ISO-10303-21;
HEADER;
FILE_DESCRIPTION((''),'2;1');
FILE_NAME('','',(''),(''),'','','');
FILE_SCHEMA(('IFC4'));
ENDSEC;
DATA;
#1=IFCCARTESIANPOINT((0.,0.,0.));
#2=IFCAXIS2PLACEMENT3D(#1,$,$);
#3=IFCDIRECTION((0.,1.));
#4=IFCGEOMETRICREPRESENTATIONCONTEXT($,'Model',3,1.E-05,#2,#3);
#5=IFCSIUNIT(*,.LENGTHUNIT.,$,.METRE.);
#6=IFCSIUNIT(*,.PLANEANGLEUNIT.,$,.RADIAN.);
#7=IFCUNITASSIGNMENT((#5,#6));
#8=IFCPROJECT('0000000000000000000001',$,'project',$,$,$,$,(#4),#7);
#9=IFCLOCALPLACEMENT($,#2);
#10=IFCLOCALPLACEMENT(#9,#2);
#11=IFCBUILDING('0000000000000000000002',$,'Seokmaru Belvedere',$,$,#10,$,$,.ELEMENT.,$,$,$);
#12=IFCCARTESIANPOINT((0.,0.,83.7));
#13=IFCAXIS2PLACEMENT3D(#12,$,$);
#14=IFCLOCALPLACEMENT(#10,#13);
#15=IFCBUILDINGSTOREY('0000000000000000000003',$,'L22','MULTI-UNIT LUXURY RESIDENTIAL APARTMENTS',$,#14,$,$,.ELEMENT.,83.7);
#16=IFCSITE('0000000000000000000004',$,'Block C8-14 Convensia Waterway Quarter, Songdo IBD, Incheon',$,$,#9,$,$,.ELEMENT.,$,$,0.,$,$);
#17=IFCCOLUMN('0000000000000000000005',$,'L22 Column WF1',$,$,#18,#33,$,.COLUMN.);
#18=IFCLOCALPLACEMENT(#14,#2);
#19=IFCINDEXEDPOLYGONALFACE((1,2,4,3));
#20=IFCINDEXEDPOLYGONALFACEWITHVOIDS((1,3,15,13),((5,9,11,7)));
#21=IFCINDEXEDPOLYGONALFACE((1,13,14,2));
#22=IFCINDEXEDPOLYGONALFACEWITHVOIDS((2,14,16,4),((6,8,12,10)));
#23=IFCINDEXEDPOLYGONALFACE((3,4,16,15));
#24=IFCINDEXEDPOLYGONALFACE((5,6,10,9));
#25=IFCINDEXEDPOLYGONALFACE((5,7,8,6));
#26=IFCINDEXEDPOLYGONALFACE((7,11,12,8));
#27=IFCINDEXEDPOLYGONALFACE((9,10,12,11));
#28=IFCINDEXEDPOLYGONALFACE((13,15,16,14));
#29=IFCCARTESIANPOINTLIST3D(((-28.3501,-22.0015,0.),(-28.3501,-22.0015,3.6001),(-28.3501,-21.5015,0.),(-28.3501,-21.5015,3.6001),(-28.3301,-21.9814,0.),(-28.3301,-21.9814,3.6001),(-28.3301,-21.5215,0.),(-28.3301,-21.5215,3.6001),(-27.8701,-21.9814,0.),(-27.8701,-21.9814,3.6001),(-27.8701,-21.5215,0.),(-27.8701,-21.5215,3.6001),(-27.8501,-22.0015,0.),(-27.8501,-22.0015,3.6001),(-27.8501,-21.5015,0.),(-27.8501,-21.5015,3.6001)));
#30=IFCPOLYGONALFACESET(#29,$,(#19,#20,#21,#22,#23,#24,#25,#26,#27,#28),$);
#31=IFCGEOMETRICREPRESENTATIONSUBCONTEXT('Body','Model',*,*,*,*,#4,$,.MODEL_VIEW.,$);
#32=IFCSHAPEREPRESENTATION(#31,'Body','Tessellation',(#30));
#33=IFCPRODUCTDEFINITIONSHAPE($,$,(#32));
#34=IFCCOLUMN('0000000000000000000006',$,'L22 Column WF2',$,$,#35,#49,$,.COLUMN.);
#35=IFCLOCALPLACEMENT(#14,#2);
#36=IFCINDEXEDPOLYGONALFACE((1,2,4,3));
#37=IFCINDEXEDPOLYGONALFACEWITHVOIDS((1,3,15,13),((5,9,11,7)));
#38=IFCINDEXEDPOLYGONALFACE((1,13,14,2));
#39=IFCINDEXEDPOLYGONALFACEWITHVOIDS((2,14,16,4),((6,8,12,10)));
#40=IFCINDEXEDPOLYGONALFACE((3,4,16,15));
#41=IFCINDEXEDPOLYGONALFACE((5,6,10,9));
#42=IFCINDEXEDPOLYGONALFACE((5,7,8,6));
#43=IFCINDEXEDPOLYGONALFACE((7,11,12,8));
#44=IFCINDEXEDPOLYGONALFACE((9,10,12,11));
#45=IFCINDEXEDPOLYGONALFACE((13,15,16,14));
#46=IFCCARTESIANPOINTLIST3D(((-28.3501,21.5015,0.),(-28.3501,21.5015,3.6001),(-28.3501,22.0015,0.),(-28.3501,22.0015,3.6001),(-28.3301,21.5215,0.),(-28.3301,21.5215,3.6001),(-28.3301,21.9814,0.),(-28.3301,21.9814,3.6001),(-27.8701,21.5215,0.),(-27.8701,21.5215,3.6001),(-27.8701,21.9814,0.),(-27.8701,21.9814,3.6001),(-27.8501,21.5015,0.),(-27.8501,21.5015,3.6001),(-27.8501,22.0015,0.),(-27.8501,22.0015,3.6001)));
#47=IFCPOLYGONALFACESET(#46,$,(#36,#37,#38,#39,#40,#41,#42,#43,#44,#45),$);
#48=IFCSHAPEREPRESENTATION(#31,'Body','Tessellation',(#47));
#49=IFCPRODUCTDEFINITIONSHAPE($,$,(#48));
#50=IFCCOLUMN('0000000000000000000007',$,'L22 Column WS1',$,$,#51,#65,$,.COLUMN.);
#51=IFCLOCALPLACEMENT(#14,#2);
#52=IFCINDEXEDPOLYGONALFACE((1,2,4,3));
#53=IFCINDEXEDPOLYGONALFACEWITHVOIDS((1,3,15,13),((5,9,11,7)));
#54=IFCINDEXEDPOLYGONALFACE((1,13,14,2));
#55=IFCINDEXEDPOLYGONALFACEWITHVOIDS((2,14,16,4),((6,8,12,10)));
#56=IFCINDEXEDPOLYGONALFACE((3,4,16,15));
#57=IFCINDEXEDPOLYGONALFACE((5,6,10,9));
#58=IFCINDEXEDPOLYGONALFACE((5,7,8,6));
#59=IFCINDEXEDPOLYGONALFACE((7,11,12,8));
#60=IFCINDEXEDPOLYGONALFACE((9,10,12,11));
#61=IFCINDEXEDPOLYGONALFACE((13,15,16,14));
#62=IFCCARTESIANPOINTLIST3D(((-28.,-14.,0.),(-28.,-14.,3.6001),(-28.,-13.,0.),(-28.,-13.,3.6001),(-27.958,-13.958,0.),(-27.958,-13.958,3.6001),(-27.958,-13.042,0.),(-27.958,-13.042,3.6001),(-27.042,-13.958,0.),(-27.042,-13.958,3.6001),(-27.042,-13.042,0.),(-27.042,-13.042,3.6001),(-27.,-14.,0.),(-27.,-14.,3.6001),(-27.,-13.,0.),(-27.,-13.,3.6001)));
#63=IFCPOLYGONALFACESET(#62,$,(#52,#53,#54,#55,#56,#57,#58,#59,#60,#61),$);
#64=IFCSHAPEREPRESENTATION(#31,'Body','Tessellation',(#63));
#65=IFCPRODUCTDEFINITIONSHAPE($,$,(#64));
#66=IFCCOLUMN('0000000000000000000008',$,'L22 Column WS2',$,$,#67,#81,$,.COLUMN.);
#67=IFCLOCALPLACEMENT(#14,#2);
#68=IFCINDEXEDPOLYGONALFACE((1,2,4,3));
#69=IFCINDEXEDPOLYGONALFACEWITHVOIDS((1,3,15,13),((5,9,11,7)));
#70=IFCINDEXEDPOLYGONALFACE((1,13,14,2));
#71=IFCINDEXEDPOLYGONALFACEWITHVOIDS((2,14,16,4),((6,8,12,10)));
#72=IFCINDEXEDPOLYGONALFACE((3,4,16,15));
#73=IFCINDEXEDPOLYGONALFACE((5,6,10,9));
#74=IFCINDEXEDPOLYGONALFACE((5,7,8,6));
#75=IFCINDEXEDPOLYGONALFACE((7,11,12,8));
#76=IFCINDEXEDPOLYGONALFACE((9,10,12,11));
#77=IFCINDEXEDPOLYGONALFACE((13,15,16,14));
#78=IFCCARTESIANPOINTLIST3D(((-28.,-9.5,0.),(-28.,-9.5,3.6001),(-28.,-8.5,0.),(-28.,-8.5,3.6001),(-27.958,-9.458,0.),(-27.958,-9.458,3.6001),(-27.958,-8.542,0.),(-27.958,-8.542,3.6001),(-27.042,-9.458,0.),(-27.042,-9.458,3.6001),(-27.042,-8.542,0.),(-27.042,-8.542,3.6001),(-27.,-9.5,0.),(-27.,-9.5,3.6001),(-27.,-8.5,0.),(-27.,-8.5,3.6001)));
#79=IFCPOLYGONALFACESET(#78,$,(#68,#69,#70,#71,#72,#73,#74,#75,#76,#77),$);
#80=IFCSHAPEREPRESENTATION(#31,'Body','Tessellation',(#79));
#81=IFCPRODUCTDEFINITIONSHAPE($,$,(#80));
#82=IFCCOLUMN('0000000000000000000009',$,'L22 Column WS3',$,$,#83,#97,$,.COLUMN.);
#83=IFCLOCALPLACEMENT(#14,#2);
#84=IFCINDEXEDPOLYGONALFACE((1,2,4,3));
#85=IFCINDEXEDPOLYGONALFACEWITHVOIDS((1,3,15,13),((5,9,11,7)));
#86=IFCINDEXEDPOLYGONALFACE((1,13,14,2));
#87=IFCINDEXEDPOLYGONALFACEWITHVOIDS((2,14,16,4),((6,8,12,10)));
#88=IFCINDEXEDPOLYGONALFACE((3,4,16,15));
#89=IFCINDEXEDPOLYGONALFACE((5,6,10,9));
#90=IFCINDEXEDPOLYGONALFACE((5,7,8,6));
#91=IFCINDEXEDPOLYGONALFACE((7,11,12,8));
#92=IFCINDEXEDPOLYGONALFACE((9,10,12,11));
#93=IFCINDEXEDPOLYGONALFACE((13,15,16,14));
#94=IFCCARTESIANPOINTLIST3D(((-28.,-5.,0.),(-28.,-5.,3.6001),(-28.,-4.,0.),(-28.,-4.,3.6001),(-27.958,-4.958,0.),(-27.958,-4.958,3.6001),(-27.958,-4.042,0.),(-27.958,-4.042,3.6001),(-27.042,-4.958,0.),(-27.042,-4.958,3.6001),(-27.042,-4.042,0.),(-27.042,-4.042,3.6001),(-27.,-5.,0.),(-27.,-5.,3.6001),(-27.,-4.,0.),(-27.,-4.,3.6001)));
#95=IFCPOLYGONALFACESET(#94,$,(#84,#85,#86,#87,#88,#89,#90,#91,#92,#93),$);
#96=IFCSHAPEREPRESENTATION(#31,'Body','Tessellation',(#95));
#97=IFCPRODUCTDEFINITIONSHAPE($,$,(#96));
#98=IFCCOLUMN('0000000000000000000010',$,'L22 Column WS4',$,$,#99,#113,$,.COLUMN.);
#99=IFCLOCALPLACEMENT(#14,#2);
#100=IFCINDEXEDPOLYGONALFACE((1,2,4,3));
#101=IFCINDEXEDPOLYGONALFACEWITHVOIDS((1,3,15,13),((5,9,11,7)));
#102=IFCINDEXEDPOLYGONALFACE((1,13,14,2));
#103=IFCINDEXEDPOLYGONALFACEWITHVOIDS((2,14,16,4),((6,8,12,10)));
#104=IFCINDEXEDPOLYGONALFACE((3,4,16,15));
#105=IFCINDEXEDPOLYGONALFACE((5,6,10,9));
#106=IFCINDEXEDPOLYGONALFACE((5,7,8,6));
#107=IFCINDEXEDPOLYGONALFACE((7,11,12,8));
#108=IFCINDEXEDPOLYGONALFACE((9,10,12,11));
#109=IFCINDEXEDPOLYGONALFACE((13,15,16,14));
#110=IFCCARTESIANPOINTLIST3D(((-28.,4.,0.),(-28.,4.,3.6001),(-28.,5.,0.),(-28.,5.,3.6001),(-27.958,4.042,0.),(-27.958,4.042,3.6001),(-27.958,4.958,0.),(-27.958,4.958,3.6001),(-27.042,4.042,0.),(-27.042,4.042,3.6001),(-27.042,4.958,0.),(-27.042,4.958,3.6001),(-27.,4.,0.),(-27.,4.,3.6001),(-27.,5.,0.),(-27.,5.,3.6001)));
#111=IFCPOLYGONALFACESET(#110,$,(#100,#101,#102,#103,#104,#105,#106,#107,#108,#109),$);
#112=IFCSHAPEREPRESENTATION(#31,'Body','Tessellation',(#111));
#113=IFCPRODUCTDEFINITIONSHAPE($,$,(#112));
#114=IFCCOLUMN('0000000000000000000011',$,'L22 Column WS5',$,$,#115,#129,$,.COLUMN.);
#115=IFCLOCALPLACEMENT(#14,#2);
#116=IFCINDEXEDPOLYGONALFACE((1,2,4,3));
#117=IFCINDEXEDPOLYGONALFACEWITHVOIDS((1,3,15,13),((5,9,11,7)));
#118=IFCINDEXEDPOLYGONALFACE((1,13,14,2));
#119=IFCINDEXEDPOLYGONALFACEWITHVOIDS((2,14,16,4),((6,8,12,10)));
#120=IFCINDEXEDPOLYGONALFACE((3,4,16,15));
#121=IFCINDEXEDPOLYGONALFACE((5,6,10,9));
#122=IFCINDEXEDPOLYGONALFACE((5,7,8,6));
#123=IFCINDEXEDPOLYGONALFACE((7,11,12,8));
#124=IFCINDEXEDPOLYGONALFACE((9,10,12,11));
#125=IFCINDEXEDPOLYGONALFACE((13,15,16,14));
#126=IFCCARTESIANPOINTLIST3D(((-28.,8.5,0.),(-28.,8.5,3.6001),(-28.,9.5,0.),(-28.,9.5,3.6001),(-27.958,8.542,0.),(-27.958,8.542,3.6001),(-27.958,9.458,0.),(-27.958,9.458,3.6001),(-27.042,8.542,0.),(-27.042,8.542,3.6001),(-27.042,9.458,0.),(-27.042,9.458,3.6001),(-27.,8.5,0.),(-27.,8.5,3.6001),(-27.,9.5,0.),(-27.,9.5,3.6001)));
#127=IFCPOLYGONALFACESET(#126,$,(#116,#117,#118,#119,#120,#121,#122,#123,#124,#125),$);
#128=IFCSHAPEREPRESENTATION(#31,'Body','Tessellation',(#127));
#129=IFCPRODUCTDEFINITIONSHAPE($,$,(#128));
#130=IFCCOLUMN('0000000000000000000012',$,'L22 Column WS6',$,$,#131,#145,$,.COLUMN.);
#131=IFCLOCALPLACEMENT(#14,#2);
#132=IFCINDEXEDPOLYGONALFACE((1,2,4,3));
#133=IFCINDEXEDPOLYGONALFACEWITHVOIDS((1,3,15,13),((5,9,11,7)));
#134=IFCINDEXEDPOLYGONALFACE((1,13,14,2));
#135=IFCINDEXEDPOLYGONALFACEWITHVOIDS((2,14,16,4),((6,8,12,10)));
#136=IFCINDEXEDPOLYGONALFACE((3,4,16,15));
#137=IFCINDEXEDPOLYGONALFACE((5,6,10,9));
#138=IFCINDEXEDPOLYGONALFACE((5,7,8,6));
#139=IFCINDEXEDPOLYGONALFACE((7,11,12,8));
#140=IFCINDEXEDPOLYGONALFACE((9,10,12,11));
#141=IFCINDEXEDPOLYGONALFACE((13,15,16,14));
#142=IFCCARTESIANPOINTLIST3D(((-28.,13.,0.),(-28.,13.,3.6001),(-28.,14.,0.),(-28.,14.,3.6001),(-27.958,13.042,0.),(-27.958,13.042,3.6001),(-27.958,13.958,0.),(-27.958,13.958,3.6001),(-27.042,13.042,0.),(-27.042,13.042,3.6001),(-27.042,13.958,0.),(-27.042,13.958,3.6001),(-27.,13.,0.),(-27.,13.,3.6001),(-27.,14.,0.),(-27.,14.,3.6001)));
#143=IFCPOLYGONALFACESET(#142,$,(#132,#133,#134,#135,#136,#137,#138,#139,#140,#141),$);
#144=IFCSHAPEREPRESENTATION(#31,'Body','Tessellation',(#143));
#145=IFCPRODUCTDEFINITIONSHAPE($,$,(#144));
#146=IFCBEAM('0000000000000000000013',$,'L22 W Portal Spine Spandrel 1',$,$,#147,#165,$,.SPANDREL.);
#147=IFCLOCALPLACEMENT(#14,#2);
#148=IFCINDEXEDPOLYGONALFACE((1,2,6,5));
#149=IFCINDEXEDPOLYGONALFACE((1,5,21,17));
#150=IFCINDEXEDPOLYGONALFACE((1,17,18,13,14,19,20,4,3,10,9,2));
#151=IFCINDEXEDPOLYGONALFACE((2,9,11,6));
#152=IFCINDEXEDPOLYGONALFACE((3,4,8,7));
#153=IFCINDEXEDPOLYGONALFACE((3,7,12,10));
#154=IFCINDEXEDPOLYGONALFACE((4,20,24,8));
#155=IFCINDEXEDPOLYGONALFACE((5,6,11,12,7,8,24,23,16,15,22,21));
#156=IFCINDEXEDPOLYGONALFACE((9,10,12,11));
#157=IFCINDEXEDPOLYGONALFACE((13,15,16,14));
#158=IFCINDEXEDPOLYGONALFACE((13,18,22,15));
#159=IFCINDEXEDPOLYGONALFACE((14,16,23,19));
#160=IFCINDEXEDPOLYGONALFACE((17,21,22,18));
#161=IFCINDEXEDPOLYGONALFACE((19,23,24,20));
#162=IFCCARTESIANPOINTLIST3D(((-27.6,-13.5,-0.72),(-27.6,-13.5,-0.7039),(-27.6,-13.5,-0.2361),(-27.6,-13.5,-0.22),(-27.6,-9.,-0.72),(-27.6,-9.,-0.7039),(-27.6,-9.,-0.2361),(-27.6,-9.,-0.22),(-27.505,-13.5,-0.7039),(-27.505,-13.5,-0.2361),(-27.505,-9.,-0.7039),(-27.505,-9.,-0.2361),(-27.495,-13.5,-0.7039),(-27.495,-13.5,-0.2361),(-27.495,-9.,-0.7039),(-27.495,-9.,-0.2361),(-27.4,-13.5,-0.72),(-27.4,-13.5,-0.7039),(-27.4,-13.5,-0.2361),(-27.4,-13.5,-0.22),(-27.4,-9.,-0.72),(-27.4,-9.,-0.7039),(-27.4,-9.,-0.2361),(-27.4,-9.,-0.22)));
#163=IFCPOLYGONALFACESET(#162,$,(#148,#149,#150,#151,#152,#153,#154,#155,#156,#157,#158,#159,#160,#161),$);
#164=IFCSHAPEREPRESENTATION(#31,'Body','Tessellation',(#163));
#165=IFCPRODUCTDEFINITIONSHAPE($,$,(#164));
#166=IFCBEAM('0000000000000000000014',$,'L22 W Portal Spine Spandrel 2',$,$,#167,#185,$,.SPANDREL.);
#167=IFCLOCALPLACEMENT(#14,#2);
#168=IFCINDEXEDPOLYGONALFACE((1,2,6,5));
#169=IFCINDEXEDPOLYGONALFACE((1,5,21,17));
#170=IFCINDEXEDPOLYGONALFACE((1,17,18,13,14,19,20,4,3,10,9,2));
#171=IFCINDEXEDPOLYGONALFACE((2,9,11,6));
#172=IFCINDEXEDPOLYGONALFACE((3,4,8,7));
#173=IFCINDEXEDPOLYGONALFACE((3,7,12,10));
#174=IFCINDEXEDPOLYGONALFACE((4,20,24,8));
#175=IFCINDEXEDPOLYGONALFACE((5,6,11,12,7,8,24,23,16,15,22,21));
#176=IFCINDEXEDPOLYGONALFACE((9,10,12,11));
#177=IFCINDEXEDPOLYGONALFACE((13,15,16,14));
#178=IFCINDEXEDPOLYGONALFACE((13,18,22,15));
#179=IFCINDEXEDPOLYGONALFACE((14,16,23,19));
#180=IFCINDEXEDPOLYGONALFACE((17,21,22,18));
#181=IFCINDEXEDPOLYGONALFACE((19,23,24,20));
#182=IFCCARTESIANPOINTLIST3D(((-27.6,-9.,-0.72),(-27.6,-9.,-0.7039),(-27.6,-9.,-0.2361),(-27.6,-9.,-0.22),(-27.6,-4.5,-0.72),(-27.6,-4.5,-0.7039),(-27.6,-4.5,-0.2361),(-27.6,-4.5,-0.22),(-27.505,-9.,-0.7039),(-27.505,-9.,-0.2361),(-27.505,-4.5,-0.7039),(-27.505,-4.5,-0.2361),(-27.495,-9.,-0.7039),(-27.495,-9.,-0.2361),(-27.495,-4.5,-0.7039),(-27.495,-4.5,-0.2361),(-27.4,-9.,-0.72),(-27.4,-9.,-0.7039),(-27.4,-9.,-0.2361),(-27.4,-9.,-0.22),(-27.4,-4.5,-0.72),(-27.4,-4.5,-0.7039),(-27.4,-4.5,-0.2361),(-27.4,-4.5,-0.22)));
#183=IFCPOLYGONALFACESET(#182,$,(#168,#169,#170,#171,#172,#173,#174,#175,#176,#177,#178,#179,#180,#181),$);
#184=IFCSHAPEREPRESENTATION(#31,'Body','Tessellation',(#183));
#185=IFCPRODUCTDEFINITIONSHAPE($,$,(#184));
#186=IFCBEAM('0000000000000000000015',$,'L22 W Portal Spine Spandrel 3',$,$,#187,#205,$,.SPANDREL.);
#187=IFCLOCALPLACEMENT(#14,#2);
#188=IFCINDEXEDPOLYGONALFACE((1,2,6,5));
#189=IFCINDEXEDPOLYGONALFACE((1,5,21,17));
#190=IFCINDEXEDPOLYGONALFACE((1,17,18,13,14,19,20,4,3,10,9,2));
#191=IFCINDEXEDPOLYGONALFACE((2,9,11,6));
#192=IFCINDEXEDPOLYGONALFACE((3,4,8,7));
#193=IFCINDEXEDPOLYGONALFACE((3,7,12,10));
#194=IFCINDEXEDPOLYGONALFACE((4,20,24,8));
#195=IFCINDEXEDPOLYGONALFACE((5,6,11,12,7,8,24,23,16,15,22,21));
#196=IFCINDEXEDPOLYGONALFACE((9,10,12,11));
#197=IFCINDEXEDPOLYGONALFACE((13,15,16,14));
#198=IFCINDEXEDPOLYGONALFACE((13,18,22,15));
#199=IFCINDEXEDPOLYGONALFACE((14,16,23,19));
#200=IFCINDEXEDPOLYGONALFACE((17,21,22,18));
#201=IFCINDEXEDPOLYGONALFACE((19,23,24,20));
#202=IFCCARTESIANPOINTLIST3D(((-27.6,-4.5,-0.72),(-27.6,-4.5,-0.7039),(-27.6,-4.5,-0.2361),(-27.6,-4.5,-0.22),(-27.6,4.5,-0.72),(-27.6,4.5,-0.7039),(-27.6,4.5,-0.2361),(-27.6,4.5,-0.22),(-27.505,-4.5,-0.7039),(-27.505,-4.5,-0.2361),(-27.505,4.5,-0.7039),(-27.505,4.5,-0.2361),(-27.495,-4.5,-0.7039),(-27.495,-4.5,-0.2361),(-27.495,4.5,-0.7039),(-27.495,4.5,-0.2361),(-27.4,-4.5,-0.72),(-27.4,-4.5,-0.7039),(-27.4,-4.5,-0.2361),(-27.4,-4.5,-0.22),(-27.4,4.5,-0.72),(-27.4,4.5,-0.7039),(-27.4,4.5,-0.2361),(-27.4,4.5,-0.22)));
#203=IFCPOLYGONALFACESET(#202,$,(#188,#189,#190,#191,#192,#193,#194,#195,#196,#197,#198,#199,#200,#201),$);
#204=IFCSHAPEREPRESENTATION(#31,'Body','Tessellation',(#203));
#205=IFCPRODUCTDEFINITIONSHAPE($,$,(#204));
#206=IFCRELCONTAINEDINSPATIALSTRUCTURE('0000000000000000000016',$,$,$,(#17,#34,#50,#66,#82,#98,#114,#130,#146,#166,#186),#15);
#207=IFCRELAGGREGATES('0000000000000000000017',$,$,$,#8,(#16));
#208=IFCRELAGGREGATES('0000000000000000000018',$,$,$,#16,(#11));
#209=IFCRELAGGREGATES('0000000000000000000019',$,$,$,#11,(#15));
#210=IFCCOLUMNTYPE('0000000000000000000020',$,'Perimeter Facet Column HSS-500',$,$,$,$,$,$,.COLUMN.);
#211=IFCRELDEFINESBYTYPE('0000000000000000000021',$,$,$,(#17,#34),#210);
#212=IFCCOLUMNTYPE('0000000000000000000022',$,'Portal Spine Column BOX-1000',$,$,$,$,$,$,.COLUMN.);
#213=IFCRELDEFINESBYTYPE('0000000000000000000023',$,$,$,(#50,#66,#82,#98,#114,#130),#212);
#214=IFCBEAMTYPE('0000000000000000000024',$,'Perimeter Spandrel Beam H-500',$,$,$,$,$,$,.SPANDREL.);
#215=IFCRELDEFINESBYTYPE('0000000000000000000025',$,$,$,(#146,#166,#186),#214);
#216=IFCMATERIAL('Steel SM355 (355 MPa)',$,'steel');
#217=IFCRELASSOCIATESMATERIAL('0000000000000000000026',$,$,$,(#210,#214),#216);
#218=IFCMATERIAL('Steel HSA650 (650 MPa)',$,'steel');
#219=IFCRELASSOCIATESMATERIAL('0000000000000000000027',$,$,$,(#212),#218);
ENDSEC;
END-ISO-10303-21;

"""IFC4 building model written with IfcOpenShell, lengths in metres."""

from ifc_helpers import new_model, si_unit, direction, frame, origin, origin_2d, place, context, subcontext, project, spatial, hollow_rectangle, i_section, extrude, source, transform, mapped, material, material_profile, profile_set, type_object, type_shapes, element, save


model = new_model("IFC4")

# Units and contexts
model_context = context("Model", 3, precision=1e-05, world=origin(), true_north=direction((0.0, 1.0)))
body_context = subcontext(model_context, "Body", "Model", "MODEL_VIEW")
ifc_project = project(units=[si_unit("LENGTHUNIT", "METRE"), si_unit("PLANEANGLEUNIT", "RADIAN")], contexts=[model_context])

# Site, building, storey
site_placement = place(None, origin())
site = spatial("IfcSite", under=ifc_project, at=site_placement, Name="Block C8-14 Convensia Waterway Quarter, Songdo IBD, Incheon", CompositionType="ELEMENT", RefElevation=0.0)
building_placement = place(site_placement, origin())
building = spatial("IfcBuilding", under=site, at=building_placement, Name="Seokmaru Belvedere", CompositionType="ELEMENT")
storey_placement = place(building_placement, frame((0.0, 0.0, 83.7)))
storey = spatial("IfcBuildingStorey", under=building, at=storey_placement, Name="L22", Description="MULTI-UNIT LUXURY RESIDENTIAL APARTMENTS", CompositionType="ELEMENT", Elevation=83.7)

# Columns
ifc_material_1 = material(Name="Steel SM355 (355 MPa)", Category="steel")
ifc_material_profile_1 = material_profile(ifc_material_1, hollow_rectangle(XDim=0.5, YDim=0.5, WallThickness=0.02, at=origin_2d()), Name="HSS-500x500x20")
ifc_profile_set_1 = profile_set([ifc_material_profile_1], Name="Steel SM355 (355 MPa)")
column_type_1 = type_object("IfcColumnType", Name="Perimeter Facet Column HSS-500", PredefinedType="COLUMN", material=ifc_profile_set_1)
shared_shape_1 = source(origin(), body_context, "Body", "SweptSolid", [
    extrude(hollow_rectangle(XDim=0.5, YDim=0.5, WallThickness=0.02, at=origin_2d()), origin(), (0.0, 0.0, 1.0), 3.6001),
])
type_shapes(column_type_1, [shared_shape_1])
for number, where, z_axis, x_axis, name in (
    (1, (-28.1001, -21.7515, 0.0), (0.0, 0.0, 1.0), (1.0, 0.0, 0.0), "L22 Column WF1"),
    (2, (-28.1001, 21.7515, 0.0), (0.0, 0.0, 1.0), (1.0, 0.0, 0.0), "L22 Column WF2"),
):
    element("IfcColumn", number, at=place(storey_placement, frame(where, z_axis=z_axis, x_axis=x_axis)), inside=storey, type_object=column_type_1, Name=name, PredefinedType="COLUMN", context=body_context, shape_type="MappedRepresentation", body=[
        mapped(shared_shape_1, transform((0.0, 0.0, 0.0), scale=1.0)),
    ])
ifc_material_2 = material(Name="Steel HSA650 (650 MPa)", Category="steel")
ifc_material_profile_2 = material_profile(ifc_material_2, hollow_rectangle(XDim=1.0, YDim=1.0, WallThickness=0.042, at=origin_2d()), Name="BOX-1000x1000x42")
ifc_profile_set_2 = profile_set([ifc_material_profile_2], Name="Steel HSA650 (650 MPa)")
column_type_2 = type_object("IfcColumnType", Name="Portal Spine Column BOX-1000", PredefinedType="COLUMN", material=ifc_profile_set_2)
shared_shape_2 = source(origin(), body_context, "Body", "SweptSolid", [
    extrude(hollow_rectangle(XDim=1.0, YDim=1.0, WallThickness=0.042, at=origin_2d()), origin(), (0.0, 0.0, 1.0), 3.6001),
])
type_shapes(column_type_2, [shared_shape_2])
for number, where, z_axis, x_axis, name in (
    (3, (-27.5, -13.5, 0.0), (0.0, 0.0, 1.0), (1.0, 0.0, 0.0), "L22 Column WS1"),
    (4, (-27.5, -9.0, 0.0), (0.0, 0.0, 1.0), (1.0, 0.0, 0.0), "L22 Column WS2"),
    (5, (-27.5, -4.5, 0.0), (0.0, 0.0, 1.0), (1.0, 0.0, 0.0), "L22 Column WS3"),
    (6, (-27.5, 4.5, 0.0), (0.0, 0.0, 1.0), (1.0, 0.0, 0.0), "L22 Column WS4"),
    (7, (-27.5, 9.0, 0.0), (0.0, 0.0, 1.0), (1.0, 0.0, 0.0), "L22 Column WS5"),
    (8, (-27.5, 13.5, 0.0), (0.0, 0.0, 1.0), (1.0, 0.0, 0.0), "L22 Column WS6"),
):
    element("IfcColumn", number, at=place(storey_placement, frame(where, z_axis=z_axis, x_axis=x_axis)), inside=storey, type_object=column_type_2, Name=name, PredefinedType="COLUMN", context=body_context, shape_type="MappedRepresentation", body=[
        mapped(shared_shape_2, transform((0.0, 0.0, 0.0), scale=1.0)),
    ])

# Beams
ifc_material_profile_3 = material_profile(ifc_material_1, i_section(OverallWidth=0.2, OverallDepth=0.5, WebThickness=0.01, FlangeThickness=0.0161, at=origin_2d()), Name="H-500x200x10x16")
ifc_profile_set_3 = profile_set([ifc_material_profile_3], Name="Steel SM355 (355 MPa)")
beam_type = type_object("IfcBeamType", Name="Perimeter Spandrel Beam H-500", PredefinedType="SPANDREL", material=ifc_profile_set_3)
shared_shape_3 = source(origin(), body_context, "Body", "SweptSolid", [
    extrude(i_section(OverallWidth=0.2, OverallDepth=0.5, WebThickness=0.01, FlangeThickness=0.0161, at=origin_2d()), origin(), (0.0, 0.0, 1.0), 4.5),
])
for number, where, z_axis, x_axis, name in (
    (9, (-27.5, -13.5, -0.47), (0.0, 1.0, 0.0), (-1.0, 0.0, 0.0), "L22 W Portal Spine Spandrel 1"),
    (10, (-27.5, -9.0, -0.47), (0.0, 1.0, 0.0), (-1.0, 0.0, 0.0), "L22 W Portal Spine Spandrel 2"),
):
    element("IfcBeam", number, at=place(storey_placement, frame(where, z_axis=z_axis, x_axis=x_axis)), inside=storey, type_object=beam_type, Name=name, PredefinedType="SPANDREL", context=body_context, shape_type="MappedRepresentation", body=[
        mapped(shared_shape_3, transform((0.0, 0.0, 0.0), scale=1.0)),
    ])
shared_shape_4 = source(origin(), body_context, "Body", "SweptSolid", [
    extrude(i_section(OverallWidth=0.2, OverallDepth=0.5, WebThickness=0.01, FlangeThickness=0.0161, at=origin_2d()), origin(), (0.0, 0.0, 1.0), 9.0),
])
beam_placement = place(storey_placement, frame((-27.5, -4.5, -0.47), z_axis=(0.0, 1.0, 0.0), x_axis=(-1.0, 0.0, 0.0)))
element("IfcBeam", 11, at=beam_placement, inside=storey, type_object=beam_type, Name="L22 W Portal Spine Spandrel 3", PredefinedType="SPANDREL", context=body_context, shape_type="MappedRepresentation", body=[
    mapped(shared_shape_4, transform((0.0, 0.0, 0.0), scale=1.0)),
])

save(model, "model.ifc")
